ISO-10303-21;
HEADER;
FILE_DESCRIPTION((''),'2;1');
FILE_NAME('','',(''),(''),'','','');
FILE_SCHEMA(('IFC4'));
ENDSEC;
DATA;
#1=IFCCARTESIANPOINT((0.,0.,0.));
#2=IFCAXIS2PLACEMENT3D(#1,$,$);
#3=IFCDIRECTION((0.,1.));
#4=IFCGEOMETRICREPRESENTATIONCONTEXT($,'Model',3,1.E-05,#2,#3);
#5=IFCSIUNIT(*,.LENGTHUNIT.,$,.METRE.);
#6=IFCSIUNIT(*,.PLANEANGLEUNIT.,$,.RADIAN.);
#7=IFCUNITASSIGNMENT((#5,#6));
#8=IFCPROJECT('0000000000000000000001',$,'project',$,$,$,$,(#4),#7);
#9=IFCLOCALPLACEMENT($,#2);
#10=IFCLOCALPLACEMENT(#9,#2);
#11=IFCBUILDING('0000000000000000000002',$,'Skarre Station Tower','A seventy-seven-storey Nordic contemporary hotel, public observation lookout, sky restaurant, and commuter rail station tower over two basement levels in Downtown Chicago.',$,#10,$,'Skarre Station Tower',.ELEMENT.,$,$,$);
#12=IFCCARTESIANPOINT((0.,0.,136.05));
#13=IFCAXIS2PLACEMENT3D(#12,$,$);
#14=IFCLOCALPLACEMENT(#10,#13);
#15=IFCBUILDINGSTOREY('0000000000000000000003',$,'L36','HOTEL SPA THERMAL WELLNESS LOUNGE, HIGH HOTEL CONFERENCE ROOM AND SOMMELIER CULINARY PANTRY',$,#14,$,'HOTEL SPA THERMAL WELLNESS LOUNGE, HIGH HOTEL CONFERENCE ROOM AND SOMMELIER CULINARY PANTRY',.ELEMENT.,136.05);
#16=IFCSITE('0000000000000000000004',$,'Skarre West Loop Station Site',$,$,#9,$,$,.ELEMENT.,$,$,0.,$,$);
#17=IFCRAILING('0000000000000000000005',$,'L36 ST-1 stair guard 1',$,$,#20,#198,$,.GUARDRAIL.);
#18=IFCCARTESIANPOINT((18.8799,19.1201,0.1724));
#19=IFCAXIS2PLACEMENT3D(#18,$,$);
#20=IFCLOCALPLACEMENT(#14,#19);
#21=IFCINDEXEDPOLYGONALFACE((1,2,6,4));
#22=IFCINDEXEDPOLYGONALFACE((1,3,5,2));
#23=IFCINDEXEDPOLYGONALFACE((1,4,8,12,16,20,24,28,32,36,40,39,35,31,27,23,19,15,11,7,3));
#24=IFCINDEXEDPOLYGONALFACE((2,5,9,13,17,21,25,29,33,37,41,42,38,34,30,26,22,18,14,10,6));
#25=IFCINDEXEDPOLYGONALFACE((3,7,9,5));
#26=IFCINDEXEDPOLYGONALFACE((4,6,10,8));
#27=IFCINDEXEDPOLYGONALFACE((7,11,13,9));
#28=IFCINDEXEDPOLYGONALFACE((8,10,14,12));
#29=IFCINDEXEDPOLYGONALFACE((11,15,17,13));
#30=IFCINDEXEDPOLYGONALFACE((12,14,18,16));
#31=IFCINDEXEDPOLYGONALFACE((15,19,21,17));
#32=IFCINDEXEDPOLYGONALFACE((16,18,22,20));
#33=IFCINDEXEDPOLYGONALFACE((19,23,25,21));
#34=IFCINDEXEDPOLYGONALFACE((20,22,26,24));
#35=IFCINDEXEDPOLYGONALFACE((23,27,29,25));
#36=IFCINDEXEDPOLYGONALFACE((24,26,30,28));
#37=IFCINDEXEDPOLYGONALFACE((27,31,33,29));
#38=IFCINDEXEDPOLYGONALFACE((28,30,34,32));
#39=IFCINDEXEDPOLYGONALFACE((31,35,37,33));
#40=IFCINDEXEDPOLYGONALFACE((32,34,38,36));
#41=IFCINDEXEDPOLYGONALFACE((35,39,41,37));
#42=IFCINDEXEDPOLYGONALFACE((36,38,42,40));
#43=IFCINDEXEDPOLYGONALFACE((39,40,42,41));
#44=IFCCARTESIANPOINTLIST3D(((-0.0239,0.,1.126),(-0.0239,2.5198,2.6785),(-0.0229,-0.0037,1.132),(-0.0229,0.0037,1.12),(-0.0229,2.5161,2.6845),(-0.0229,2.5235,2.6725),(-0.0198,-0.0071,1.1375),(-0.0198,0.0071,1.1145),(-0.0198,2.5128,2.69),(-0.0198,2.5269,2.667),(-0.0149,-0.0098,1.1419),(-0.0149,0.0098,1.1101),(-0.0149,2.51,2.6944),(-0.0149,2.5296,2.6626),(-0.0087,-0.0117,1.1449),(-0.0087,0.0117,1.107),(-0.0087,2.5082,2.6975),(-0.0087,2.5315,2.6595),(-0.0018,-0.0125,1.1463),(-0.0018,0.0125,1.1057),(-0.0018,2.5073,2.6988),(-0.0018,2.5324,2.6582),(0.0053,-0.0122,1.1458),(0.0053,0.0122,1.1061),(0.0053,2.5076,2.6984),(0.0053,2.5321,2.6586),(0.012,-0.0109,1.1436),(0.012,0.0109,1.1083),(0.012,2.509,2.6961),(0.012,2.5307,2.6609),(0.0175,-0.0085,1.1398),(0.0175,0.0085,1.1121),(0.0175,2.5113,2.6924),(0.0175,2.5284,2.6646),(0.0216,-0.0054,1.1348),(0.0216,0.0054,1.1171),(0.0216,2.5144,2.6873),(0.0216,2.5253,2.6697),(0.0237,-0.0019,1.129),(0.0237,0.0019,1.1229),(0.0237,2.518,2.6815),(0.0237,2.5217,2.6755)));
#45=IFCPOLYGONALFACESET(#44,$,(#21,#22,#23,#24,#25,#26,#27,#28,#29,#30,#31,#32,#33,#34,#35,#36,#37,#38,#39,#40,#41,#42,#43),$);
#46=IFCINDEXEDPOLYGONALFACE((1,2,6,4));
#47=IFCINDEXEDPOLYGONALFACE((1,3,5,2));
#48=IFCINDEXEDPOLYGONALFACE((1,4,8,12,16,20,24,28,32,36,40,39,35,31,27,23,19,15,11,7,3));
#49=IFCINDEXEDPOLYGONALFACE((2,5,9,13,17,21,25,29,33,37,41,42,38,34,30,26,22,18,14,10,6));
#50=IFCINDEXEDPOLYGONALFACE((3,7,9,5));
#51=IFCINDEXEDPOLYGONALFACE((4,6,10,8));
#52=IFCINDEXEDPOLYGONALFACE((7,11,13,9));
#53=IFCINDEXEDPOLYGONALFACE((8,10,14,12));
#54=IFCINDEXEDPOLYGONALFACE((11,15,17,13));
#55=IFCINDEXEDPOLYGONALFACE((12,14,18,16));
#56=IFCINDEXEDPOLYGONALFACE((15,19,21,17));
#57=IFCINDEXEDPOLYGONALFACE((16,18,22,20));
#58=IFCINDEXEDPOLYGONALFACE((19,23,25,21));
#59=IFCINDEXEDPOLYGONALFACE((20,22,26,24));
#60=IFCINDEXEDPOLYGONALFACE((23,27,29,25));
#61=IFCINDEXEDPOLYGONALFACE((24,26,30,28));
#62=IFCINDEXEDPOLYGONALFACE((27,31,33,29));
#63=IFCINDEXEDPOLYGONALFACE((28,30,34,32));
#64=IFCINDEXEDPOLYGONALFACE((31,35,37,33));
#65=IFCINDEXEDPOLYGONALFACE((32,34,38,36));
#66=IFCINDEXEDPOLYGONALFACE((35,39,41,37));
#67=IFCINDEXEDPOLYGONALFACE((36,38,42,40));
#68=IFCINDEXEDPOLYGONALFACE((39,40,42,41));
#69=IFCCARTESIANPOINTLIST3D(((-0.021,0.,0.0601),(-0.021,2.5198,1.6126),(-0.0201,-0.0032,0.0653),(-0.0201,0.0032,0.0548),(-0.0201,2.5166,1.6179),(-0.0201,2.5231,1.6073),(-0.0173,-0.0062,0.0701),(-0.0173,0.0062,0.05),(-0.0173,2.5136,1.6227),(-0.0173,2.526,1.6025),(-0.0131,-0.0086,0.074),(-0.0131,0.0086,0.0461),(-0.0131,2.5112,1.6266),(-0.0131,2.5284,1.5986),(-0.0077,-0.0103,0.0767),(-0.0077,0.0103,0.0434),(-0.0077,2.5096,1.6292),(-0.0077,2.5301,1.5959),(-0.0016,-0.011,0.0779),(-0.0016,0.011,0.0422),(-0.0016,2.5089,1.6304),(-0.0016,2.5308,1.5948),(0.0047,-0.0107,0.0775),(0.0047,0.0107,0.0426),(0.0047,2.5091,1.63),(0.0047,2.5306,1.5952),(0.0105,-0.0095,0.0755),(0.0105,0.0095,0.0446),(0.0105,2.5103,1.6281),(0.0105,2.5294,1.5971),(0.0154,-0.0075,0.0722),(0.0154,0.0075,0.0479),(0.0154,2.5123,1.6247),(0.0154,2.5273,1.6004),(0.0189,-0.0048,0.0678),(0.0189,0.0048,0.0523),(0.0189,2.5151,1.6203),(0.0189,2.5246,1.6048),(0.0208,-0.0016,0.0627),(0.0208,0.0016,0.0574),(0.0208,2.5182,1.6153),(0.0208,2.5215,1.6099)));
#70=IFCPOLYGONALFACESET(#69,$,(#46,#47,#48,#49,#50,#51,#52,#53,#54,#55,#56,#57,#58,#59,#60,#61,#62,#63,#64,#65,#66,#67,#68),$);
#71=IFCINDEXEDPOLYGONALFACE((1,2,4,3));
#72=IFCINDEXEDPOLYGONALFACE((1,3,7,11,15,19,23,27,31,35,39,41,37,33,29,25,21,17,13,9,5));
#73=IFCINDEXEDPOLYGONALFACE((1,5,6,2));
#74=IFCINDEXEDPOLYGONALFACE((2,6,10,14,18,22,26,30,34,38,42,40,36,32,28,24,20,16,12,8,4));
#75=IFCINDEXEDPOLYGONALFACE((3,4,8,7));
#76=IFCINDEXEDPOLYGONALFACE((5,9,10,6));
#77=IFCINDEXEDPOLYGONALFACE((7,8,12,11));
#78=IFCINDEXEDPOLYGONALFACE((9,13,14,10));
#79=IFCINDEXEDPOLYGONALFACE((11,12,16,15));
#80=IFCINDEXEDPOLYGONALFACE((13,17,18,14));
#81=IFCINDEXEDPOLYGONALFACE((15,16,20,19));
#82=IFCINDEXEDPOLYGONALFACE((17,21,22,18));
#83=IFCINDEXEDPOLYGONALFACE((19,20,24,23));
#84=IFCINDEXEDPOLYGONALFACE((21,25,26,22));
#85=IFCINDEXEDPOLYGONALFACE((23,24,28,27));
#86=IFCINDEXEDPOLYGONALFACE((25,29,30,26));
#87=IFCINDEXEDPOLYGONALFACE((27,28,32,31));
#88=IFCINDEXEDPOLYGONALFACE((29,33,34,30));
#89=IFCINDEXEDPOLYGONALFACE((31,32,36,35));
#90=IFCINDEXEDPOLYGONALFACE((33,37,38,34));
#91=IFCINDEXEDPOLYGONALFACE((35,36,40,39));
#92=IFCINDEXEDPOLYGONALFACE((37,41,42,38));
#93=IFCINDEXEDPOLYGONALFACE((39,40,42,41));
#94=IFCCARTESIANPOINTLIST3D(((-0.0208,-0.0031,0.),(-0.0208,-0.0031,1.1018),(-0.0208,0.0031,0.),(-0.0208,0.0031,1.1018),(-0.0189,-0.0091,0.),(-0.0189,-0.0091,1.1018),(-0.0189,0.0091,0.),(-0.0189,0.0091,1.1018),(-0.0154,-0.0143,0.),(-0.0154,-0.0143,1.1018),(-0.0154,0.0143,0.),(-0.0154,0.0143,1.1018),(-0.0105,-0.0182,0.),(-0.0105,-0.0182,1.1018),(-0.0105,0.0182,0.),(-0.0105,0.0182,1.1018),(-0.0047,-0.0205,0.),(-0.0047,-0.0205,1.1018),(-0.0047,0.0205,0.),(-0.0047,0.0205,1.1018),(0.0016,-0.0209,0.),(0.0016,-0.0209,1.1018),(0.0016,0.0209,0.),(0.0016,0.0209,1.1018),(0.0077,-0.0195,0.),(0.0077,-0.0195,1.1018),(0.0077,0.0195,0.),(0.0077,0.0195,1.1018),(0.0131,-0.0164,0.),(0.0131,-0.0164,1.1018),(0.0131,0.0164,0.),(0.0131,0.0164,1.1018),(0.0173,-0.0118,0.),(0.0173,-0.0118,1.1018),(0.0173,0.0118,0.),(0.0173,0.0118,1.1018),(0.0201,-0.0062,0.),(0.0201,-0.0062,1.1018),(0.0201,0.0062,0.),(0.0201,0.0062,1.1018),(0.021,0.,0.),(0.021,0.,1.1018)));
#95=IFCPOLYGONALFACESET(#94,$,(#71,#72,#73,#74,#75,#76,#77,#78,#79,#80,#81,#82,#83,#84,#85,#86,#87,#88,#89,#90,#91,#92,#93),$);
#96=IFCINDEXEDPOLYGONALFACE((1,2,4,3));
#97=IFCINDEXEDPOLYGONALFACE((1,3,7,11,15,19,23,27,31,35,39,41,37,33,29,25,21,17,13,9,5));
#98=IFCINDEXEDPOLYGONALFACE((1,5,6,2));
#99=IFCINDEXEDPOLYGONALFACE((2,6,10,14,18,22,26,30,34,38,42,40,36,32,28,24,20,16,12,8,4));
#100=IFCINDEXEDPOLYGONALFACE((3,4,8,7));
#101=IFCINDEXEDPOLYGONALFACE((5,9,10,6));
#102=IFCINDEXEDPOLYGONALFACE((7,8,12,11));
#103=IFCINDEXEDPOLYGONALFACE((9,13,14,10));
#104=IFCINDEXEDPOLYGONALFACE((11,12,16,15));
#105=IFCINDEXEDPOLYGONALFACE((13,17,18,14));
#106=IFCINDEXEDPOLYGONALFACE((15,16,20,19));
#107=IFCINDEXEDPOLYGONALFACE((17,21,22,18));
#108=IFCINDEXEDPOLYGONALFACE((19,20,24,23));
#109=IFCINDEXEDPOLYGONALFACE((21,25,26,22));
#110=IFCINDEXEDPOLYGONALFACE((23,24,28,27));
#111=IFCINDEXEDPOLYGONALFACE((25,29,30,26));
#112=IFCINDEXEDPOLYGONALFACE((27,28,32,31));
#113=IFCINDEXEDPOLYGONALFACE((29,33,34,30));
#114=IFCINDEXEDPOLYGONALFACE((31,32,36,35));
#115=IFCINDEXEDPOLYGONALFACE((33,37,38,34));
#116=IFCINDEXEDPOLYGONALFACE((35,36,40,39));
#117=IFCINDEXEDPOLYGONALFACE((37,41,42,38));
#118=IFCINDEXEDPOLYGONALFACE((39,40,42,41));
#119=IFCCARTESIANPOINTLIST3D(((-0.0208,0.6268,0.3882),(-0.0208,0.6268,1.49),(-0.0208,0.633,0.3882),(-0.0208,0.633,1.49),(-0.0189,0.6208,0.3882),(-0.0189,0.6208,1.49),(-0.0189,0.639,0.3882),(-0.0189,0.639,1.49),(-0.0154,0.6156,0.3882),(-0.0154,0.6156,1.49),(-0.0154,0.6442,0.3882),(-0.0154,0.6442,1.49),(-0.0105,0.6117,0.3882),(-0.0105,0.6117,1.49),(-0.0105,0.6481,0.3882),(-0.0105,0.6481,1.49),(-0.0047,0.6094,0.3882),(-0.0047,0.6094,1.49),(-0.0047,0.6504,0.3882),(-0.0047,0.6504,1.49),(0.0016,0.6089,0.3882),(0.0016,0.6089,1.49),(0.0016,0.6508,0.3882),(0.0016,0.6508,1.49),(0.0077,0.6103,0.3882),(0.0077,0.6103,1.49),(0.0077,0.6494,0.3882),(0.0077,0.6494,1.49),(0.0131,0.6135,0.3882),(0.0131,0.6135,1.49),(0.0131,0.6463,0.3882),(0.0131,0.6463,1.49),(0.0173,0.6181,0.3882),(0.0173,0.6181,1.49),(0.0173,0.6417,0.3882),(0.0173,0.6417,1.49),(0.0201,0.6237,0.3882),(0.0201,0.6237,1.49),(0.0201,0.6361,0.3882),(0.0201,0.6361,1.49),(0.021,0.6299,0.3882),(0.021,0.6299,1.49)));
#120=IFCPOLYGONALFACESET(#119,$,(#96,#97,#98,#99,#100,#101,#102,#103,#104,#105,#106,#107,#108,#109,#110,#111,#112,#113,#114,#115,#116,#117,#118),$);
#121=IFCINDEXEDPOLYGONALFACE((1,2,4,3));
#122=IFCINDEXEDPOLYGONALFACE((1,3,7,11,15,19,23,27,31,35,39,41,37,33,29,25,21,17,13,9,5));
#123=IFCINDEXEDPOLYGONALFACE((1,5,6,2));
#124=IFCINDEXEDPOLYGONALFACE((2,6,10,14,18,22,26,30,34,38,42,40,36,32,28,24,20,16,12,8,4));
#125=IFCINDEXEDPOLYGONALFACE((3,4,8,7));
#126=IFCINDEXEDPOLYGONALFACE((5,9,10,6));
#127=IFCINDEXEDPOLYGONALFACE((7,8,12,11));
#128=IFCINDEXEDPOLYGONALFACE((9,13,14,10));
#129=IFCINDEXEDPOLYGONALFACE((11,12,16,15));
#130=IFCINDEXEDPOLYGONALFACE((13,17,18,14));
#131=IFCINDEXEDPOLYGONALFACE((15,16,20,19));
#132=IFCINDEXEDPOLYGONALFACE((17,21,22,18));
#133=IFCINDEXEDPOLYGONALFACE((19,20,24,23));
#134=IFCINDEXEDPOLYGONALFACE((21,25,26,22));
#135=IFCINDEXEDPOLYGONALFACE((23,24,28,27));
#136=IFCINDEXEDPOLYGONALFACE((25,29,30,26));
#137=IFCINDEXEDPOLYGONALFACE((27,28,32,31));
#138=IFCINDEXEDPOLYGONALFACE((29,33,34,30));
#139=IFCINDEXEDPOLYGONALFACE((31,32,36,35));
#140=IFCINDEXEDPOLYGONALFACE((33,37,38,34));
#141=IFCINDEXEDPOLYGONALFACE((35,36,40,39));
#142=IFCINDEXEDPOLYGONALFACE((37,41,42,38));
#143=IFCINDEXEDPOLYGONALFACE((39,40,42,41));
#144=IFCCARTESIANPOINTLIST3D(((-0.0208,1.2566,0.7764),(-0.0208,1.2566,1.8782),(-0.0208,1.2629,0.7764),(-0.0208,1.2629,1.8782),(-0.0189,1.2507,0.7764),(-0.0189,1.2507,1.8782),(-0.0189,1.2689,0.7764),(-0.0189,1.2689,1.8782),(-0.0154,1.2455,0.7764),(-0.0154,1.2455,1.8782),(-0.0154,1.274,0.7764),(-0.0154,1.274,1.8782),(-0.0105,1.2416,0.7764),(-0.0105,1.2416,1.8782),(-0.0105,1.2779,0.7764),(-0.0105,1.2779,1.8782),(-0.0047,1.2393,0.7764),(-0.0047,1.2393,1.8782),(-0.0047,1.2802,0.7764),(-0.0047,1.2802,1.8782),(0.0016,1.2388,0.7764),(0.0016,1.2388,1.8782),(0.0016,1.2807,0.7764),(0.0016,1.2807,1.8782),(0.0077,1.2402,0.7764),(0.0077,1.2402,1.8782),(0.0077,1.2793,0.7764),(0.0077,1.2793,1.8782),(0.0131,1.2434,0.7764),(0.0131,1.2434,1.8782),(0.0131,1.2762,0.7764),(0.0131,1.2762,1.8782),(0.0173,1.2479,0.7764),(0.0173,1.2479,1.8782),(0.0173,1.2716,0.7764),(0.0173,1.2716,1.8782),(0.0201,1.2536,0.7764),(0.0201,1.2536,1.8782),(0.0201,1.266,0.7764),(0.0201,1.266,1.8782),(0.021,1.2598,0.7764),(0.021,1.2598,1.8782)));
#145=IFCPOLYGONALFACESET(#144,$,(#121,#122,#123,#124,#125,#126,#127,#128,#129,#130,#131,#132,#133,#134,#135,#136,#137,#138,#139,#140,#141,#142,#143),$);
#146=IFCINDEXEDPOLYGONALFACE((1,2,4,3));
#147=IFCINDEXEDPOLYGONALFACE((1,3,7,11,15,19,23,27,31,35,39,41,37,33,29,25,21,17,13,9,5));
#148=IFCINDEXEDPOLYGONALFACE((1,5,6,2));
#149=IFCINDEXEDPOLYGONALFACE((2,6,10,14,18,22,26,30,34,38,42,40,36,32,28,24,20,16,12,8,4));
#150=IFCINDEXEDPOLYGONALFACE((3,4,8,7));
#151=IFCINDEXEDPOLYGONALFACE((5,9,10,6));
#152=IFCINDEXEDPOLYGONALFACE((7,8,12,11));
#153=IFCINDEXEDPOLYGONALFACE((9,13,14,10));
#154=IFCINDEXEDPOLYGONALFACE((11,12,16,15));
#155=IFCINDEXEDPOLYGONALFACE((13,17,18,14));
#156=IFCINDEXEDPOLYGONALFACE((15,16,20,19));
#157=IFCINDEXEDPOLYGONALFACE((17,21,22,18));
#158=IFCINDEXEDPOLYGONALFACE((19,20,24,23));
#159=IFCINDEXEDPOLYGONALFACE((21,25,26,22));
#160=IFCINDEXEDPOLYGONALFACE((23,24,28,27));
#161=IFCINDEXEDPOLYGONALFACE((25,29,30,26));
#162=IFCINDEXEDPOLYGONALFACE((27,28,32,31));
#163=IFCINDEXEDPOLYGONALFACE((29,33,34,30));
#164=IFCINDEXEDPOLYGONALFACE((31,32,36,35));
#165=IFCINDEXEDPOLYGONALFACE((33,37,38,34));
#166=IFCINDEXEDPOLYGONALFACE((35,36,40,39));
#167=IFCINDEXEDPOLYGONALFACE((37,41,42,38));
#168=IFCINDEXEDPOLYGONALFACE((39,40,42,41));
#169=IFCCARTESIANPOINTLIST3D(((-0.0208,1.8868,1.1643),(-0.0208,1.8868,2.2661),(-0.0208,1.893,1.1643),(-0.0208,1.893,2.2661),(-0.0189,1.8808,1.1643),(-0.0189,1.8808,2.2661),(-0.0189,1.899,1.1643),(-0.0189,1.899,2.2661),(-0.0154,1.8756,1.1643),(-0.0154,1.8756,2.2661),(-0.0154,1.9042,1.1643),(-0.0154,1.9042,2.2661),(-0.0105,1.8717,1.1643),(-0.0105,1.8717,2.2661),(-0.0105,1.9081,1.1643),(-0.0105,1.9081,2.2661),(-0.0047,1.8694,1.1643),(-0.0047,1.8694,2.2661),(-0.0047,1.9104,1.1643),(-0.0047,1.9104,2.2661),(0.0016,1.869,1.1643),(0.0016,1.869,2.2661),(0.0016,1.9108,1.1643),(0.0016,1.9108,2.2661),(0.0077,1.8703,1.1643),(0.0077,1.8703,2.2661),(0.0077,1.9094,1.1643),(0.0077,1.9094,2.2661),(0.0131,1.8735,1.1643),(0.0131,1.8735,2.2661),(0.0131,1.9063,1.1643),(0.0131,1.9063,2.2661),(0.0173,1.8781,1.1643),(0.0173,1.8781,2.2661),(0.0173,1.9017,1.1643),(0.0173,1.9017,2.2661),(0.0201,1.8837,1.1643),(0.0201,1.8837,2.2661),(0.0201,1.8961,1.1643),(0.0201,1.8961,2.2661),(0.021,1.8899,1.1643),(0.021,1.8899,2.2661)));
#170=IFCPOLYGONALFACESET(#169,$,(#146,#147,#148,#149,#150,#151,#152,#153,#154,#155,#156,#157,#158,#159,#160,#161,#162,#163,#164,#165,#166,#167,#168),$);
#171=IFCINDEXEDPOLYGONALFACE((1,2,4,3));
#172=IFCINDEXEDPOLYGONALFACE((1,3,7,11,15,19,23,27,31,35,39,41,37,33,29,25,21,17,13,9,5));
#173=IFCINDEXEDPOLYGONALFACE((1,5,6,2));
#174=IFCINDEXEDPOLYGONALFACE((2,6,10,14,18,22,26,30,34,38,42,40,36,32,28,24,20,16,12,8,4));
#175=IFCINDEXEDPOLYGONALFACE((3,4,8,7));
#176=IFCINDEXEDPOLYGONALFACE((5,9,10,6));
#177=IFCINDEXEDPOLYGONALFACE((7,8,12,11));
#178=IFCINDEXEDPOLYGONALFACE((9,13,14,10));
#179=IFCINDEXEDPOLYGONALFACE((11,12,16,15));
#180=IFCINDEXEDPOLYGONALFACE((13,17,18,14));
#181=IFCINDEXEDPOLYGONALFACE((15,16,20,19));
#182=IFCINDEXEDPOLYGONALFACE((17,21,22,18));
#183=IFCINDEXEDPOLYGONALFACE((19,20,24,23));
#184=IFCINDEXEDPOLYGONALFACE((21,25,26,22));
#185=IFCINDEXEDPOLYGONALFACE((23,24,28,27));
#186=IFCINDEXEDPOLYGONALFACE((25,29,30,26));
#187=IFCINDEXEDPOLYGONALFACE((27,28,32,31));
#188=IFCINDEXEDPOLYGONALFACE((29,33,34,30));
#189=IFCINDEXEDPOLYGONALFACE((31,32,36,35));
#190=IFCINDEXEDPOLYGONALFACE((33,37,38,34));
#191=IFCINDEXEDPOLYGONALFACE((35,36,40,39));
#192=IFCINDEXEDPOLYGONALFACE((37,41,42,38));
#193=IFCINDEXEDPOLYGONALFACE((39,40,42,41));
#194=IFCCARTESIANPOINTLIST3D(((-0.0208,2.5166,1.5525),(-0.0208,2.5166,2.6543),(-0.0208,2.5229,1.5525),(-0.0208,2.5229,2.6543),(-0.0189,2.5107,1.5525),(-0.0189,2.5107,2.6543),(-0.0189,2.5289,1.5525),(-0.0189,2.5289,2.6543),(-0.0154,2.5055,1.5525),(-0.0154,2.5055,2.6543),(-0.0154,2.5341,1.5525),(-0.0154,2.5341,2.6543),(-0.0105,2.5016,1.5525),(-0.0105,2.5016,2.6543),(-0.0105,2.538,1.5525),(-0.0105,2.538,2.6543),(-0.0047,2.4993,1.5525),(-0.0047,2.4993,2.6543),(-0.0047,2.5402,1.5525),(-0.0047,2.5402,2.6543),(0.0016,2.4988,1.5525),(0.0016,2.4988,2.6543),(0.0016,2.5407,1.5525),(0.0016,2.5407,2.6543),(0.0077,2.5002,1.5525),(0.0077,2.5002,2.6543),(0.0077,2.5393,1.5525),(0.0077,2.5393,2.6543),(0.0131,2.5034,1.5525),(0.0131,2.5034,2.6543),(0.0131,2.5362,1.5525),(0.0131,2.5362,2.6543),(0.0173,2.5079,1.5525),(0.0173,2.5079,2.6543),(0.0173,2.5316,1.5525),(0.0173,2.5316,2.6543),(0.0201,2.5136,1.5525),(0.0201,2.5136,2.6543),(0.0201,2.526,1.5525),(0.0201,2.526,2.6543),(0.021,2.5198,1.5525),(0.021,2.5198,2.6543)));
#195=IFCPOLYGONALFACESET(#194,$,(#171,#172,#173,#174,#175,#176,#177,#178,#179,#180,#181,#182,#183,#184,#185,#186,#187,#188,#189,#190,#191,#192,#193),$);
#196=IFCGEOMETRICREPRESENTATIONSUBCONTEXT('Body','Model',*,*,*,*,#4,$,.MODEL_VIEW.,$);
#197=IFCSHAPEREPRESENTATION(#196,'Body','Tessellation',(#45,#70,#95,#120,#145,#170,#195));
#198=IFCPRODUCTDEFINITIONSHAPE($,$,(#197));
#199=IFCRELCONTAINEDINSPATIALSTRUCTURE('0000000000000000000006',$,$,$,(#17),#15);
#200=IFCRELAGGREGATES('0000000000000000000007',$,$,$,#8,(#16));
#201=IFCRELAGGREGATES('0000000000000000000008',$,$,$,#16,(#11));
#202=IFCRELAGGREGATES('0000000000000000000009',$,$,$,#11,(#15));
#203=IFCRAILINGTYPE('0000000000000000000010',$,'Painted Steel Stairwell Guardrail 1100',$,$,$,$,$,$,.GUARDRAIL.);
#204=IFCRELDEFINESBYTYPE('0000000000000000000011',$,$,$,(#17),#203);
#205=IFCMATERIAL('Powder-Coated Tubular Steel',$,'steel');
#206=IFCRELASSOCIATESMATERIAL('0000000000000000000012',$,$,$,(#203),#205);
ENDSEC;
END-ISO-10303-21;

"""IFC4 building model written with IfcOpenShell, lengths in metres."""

from ifc_helpers import new_model, si_unit, direction, frame, origin, origin_2d, place, context, subcontext, project, spatial, circle, extrude, material, type_object, element, save


model = new_model("IFC4")

# Units and contexts
model_context = context("Model", 3, precision=1e-05, world=origin(), true_north=direction((0.0, 1.0)))
body_context = subcontext(model_context, "Body", "Model", "MODEL_VIEW")
ifc_project = project(units=[si_unit("LENGTHUNIT", "METRE"), si_unit("PLANEANGLEUNIT", "RADIAN")], contexts=[model_context])

# Site, building, storey
site_placement = place(None, origin())
site = spatial("IfcSite", under=ifc_project, at=site_placement, Name="Skarre West Loop Station Site", CompositionType="ELEMENT", RefElevation=0.0)
building_placement = place(site_placement, origin())
building = spatial("IfcBuilding", under=site, at=building_placement, Name="Skarre Station Tower", Description="A seventy-seven-storey Nordic contemporary hotel, public observation lookout, sky restaurant, and commuter rail station tower over two basement levels in Downtown Chicago.", LongName="Skarre Station Tower", CompositionType="ELEMENT")
storey_placement = place(building_placement, frame((0.0, 0.0, 136.05)))
storey = spatial("IfcBuildingStorey", under=building, at=storey_placement, Name="L36", Description="HOTEL SPA THERMAL WELLNESS LOUNGE, HIGH HOTEL CONFERENCE ROOM AND SOMMELIER CULINARY PANTRY", LongName="HOTEL SPA THERMAL WELLNESS LOUNGE, HIGH HOTEL CONFERENCE ROOM AND SOMMELIER CULINARY PANTRY", CompositionType="ELEMENT", Elevation=136.05)

# Railing
ifc_material_1 = material(Name="Powder-Coated Tubular Steel", Category="steel")
railing_type_1 = type_object("IfcRailingType", Name="Painted Steel Stairwell Guardrail 1100", PredefinedType="GUARDRAIL", material=ifc_material_1)
railing_1_placement = place(storey_placement, frame((18.8799, 19.1201, 0.1724)))
element("IfcRailing", 1, at=railing_1_placement, inside=storey, type_object=railing_type_1, Name="L36 ST-1 stair guard 1", PredefinedType="GUARDRAIL", context=body_context, shape_type="SweptSolid", body=[
    extrude(circle(Radius=0.0239, at=origin_2d()), frame((0.0, 0.0, 1.126), z_axis=(0.0, 0.851378, 0.524553), x_axis=(-1.0, 0.0, 0.0)), (0.0, 0.0, 1.0), 2.9597),
    extrude(circle(Radius=0.021, at=origin_2d()), frame((0.0, 0.0, 0.0601), z_axis=(0.0, 0.851378, 0.524553), x_axis=(-1.0, 0.0, 0.0)), (0.0, 0.0, 1.0), 2.9597),
    extrude(circle(Radius=0.021, at=origin_2d()), origin(), (0.0, 0.0, 1.0), 1.1018),
    extrude(circle(Radius=0.021, at=origin_2d()), frame((0.0, 0.6299, 0.3882)), (0.0, 0.0, 1.0), 1.1018),
    extrude(circle(Radius=0.021, at=origin_2d()), frame((0.0, 1.2598, 0.7764)), (0.0, 0.0, 1.0), 1.1018),
    extrude(circle(Radius=0.021, at=origin_2d()), frame((0.0, 1.8899, 1.1643)), (0.0, 0.0, 1.0), 1.1018),
    extrude(circle(Radius=0.021, at=origin_2d()), frame((0.0, 2.5198, 1.5525)), (0.0, 0.0, 1.0), 1.1018),
])

save(model, "model.ifc")
